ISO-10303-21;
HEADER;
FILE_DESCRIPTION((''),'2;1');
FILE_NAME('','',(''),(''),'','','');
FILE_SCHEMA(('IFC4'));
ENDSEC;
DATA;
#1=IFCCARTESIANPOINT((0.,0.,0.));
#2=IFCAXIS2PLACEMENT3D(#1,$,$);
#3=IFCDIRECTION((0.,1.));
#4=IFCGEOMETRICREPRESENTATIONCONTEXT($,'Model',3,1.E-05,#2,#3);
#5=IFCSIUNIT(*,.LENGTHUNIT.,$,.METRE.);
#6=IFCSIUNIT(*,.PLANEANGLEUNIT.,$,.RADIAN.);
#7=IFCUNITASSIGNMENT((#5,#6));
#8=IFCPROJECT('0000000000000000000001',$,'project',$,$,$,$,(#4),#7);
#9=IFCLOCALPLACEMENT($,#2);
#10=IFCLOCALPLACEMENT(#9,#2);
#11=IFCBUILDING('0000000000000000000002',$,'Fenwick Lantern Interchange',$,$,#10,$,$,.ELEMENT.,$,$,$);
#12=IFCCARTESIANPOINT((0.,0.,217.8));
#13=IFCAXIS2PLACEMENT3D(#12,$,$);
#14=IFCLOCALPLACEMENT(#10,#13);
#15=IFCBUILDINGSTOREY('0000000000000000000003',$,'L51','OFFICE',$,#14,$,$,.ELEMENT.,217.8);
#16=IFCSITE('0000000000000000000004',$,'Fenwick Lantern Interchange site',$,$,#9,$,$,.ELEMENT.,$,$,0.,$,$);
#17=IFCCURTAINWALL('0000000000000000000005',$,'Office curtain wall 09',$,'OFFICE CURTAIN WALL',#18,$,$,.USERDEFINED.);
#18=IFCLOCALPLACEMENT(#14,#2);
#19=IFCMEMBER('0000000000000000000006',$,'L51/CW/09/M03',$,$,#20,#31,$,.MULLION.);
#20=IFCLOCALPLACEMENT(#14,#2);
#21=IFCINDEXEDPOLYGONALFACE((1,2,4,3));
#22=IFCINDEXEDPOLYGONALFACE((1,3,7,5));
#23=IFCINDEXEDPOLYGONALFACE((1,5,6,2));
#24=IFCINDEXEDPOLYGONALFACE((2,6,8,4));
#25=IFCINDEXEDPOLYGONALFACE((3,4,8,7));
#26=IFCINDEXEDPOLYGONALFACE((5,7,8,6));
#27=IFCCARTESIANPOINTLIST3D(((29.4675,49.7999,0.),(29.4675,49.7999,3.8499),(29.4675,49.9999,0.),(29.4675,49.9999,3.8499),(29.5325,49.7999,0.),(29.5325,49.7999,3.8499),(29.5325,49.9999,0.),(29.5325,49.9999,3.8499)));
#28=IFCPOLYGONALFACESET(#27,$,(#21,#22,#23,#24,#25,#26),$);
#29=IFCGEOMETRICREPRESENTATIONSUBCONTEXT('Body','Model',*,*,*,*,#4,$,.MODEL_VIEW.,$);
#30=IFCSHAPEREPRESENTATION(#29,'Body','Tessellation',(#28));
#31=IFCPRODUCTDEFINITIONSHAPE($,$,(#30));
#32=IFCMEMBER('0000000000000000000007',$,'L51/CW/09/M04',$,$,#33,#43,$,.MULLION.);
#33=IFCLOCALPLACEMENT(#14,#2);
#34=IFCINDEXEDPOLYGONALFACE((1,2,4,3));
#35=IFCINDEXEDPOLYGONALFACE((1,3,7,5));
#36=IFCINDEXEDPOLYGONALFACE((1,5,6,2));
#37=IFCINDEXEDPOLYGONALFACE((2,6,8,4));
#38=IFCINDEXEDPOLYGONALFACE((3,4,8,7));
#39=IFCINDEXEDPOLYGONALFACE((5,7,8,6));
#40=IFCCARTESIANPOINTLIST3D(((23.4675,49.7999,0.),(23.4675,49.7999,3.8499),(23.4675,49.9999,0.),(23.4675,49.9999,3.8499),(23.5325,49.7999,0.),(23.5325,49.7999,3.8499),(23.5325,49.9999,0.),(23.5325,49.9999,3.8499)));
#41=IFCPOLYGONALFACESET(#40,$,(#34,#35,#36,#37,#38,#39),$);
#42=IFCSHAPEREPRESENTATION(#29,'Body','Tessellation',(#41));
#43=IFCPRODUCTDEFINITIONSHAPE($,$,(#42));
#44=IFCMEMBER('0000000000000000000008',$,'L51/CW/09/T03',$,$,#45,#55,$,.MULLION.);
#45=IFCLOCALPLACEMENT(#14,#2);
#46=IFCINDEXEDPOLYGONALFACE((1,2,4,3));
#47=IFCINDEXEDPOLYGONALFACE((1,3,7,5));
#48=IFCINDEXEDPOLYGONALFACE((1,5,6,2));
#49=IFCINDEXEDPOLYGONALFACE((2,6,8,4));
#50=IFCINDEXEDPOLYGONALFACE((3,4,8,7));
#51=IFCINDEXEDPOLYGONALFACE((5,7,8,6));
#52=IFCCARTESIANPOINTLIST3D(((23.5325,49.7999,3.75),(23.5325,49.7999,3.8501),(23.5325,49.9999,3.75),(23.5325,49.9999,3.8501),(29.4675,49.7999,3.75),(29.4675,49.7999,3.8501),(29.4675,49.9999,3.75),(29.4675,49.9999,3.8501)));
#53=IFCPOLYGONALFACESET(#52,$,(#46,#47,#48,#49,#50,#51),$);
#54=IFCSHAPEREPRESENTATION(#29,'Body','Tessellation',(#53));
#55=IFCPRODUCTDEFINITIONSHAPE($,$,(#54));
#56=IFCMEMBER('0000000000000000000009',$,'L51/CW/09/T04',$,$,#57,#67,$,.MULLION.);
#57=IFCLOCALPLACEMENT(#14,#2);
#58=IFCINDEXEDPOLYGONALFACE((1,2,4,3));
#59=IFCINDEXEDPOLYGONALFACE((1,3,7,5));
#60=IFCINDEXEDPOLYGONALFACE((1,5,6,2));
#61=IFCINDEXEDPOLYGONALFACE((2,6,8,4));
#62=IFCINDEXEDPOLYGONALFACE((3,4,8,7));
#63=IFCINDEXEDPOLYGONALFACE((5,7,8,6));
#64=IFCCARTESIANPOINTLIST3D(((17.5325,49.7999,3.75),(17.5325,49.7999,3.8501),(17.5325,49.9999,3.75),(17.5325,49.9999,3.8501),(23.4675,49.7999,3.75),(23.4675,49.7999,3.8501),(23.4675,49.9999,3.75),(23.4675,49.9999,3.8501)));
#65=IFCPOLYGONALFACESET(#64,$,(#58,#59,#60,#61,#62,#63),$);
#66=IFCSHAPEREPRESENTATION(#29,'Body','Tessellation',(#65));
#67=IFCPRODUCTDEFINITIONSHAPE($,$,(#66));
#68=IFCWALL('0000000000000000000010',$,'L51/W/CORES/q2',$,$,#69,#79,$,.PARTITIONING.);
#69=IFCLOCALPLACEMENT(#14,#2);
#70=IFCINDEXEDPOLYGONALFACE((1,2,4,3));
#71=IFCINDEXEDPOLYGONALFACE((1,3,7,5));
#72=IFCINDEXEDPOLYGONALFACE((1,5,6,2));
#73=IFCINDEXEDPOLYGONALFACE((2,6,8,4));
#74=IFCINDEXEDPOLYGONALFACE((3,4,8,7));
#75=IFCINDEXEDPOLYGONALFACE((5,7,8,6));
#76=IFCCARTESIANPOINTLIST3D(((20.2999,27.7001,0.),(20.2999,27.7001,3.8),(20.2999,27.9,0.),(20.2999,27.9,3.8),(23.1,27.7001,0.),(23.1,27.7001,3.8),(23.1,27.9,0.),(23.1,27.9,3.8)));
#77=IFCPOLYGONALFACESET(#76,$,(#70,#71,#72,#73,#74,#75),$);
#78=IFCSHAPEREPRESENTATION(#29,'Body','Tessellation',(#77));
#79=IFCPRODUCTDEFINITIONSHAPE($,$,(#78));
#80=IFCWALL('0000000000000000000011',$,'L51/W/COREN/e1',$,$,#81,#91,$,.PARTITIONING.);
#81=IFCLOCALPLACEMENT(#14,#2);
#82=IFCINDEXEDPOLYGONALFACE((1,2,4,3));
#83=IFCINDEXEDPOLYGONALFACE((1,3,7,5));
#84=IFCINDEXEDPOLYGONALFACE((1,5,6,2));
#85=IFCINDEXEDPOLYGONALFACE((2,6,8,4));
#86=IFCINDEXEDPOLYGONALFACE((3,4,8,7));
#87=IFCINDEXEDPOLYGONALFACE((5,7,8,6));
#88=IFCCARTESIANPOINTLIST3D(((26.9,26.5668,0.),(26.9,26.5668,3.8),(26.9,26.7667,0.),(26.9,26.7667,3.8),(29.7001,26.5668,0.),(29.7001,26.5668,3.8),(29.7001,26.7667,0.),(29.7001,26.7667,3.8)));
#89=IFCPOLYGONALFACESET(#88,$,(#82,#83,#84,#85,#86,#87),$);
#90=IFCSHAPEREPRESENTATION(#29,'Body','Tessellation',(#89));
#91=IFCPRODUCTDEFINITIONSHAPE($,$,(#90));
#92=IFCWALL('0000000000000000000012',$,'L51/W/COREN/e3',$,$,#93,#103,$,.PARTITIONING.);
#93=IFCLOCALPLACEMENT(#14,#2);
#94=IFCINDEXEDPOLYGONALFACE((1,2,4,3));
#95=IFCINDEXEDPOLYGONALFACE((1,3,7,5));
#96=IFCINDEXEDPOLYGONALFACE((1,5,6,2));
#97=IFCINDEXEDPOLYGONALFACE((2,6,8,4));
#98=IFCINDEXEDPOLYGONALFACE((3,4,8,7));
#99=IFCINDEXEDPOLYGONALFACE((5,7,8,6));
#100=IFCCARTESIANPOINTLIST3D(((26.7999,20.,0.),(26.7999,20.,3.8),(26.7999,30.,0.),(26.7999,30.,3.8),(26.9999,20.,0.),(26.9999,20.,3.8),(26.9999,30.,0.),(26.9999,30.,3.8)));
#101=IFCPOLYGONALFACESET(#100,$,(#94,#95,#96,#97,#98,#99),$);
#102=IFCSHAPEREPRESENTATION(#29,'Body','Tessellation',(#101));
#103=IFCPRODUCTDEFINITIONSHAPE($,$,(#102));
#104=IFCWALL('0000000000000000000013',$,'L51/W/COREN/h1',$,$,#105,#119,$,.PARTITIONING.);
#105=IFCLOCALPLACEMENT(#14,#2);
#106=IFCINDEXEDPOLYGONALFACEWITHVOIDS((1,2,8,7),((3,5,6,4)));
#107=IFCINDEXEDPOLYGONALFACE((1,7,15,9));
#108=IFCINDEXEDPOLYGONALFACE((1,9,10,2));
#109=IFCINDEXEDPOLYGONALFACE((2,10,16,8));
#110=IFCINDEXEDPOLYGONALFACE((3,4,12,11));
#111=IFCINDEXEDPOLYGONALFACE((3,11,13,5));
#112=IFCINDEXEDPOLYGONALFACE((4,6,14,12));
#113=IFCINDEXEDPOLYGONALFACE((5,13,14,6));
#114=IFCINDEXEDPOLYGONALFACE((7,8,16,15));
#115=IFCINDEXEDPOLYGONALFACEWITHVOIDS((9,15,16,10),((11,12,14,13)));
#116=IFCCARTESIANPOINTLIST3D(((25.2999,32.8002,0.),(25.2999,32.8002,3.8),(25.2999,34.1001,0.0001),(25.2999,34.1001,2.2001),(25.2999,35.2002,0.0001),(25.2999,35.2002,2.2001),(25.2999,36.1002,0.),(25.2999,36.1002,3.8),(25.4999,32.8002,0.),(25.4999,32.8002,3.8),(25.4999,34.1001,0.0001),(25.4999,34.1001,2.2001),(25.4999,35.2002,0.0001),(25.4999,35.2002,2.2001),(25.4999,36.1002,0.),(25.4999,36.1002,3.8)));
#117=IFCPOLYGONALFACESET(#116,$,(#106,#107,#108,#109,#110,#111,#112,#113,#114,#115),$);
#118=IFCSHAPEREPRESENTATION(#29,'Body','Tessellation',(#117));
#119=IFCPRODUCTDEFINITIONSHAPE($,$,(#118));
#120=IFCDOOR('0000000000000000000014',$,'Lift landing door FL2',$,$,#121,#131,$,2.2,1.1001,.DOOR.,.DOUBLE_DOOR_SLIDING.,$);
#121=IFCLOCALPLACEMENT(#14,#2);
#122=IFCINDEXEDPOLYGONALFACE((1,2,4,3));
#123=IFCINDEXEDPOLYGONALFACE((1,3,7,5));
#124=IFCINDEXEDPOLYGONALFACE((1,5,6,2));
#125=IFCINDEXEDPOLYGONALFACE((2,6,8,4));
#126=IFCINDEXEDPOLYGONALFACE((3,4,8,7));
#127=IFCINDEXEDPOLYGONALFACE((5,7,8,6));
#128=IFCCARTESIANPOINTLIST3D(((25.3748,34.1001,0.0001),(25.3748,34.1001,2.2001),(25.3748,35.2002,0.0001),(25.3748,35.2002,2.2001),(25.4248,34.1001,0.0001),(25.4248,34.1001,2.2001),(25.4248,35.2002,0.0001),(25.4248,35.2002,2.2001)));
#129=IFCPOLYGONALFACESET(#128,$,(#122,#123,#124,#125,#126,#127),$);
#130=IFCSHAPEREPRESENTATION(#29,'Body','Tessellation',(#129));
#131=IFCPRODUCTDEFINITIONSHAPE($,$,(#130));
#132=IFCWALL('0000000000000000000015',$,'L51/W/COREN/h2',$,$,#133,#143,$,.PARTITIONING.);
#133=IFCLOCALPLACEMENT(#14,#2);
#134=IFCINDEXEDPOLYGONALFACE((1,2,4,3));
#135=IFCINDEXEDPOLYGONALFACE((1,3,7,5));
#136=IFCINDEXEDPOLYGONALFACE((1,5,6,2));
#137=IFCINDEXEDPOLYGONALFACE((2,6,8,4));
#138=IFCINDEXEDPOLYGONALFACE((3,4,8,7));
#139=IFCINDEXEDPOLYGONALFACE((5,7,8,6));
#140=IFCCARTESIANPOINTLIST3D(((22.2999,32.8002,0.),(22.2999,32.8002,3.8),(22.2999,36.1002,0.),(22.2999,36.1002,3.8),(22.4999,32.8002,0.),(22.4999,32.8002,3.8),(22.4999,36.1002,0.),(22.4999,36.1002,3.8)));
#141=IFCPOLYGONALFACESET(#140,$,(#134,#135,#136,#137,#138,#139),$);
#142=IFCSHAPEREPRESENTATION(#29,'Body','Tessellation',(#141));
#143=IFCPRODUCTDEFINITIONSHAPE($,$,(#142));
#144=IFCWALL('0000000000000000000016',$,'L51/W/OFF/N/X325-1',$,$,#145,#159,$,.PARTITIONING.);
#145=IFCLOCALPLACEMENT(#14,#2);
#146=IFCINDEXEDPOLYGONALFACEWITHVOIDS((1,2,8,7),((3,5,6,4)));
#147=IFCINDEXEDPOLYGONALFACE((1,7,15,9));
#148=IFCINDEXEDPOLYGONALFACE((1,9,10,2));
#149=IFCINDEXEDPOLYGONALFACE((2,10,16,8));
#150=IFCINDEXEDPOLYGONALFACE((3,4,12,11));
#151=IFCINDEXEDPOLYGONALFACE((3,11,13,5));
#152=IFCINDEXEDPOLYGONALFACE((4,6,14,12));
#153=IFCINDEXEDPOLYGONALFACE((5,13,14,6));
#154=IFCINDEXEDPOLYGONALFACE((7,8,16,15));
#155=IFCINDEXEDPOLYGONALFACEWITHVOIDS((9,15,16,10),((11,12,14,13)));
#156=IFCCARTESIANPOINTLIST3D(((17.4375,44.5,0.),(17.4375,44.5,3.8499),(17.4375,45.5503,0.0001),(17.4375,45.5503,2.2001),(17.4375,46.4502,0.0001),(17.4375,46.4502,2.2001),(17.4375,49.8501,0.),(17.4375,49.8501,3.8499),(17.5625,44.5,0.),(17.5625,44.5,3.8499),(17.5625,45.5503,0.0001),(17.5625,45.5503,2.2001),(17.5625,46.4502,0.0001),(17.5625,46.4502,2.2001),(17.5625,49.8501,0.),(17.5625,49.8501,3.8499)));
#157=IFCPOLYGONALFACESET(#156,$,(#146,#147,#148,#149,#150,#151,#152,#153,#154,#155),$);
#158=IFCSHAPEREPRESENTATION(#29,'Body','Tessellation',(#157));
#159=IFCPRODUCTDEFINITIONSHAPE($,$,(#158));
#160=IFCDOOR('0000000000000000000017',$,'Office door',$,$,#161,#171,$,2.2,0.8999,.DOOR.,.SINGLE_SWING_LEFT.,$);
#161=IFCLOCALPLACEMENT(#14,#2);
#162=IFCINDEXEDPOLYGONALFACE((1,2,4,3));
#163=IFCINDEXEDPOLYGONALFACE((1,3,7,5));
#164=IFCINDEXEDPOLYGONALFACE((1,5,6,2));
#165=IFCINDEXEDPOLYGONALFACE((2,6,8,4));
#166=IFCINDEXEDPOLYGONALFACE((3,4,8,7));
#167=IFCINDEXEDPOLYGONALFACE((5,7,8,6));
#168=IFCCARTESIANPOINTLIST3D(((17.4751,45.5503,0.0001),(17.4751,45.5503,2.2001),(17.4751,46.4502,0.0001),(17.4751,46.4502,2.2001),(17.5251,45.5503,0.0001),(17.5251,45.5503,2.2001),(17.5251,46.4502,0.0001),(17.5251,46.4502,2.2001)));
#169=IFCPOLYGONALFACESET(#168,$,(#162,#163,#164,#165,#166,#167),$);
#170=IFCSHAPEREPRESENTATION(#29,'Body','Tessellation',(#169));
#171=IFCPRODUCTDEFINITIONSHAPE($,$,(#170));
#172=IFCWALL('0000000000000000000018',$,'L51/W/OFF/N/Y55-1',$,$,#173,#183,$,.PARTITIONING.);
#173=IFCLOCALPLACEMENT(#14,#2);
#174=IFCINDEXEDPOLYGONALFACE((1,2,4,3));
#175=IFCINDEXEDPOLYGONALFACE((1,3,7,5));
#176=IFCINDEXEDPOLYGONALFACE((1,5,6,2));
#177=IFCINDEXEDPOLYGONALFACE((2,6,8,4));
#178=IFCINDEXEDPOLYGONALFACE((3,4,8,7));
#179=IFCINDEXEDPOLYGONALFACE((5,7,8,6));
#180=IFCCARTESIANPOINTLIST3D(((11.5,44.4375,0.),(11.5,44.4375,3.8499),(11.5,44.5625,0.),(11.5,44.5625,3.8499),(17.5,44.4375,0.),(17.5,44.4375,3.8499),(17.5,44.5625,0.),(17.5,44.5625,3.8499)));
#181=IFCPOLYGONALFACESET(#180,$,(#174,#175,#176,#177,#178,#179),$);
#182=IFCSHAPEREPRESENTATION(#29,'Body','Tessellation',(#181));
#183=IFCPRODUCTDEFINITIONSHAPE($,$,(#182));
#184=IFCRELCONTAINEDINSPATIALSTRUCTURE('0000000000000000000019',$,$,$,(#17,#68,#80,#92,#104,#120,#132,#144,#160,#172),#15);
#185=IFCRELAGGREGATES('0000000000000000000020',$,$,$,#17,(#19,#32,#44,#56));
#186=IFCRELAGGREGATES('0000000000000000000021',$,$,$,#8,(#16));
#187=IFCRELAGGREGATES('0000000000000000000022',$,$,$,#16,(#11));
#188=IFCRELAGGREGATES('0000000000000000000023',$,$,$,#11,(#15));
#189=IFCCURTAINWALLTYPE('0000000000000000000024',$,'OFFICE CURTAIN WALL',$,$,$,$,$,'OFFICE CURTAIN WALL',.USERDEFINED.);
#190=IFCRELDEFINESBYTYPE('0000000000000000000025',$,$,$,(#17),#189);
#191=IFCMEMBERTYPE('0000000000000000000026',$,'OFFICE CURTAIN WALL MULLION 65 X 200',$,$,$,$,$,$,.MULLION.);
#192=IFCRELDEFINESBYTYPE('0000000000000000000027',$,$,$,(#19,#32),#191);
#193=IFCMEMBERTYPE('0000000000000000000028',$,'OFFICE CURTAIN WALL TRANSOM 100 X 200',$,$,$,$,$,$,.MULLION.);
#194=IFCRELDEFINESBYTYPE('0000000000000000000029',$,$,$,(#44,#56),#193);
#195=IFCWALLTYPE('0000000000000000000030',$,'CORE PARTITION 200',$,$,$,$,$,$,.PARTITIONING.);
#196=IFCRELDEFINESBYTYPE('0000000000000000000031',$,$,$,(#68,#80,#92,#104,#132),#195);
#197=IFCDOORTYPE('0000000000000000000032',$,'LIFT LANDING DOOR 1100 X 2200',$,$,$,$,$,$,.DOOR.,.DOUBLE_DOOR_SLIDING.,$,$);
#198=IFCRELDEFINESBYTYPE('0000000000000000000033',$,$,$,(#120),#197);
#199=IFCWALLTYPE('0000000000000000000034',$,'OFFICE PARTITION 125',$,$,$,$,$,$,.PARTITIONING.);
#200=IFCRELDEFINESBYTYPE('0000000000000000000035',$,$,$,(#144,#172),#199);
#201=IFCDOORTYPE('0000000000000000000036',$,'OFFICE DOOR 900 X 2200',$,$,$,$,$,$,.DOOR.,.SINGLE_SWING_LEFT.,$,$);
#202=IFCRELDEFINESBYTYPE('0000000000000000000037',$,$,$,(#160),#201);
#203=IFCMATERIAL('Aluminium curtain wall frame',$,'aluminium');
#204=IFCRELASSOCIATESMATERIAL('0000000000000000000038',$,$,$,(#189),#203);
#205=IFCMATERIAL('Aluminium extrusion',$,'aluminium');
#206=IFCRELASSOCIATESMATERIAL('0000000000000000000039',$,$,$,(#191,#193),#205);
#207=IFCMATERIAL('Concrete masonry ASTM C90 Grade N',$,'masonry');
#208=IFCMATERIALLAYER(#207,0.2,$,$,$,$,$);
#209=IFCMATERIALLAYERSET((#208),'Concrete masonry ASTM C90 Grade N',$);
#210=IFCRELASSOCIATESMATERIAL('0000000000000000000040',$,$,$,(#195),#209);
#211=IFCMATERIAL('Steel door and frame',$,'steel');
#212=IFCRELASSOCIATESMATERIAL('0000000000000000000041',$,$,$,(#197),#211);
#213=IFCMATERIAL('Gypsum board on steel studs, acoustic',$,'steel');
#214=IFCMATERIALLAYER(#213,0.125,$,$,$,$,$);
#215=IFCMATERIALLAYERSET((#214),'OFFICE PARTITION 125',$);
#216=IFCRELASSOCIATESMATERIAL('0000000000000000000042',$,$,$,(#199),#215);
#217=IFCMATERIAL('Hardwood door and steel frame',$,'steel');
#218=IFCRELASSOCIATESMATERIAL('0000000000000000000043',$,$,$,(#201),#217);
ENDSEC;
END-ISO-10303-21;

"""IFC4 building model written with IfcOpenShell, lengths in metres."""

from ifc_helpers import new_model, si_unit, direction, frame, frame_2d, origin, origin_2d, place, context, subcontext, project, spatial, rectangle, extrude, material, layer, layer_set, material_profile, profile_set, type_object, element, fill, aggregate, save


model = new_model("IFC4")

# Units and contexts
model_context = context("Model", 3, precision=1e-05, world=origin(), true_north=direction((0.0, 1.0)))
body_context = subcontext(model_context, "Body", "Model", "MODEL_VIEW")
ifc_project = project(units=[si_unit("LENGTHUNIT", "METRE"), si_unit("PLANEANGLEUNIT", "RADIAN")], contexts=[model_context])

# Site, building, storey
site_placement = place(None, origin())
site = spatial("IfcSite", under=ifc_project, at=site_placement, Name="Fenwick Lantern Interchange site", CompositionType="ELEMENT", RefElevation=0.0)
building_placement = place(site_placement, origin())
building = spatial("IfcBuilding", under=site, at=building_placement, Name="Fenwick Lantern Interchange", CompositionType="ELEMENT")
storey_placement = place(building_placement, frame((0.0, 0.0, 217.8)))
storey = spatial("IfcBuildingStorey", under=building, at=storey_placement, Name="L51", Description="OFFICE", CompositionType="ELEMENT", Elevation=217.8)

# Curtain wall, members
ifc_material_1 = material(Name="Aluminium curtain wall frame", Category="aluminium")
curtain_wall_type = type_object("IfcCurtainWallType", Name="OFFICE CURTAIN WALL", ElementType="OFFICE CURTAIN WALL", PredefinedType="USERDEFINED", material=ifc_material_1)
curtain_wall_placement = place(storey_placement, origin())
curtain_wall = element("IfcCurtainWall", 1, at=curtain_wall_placement, inside=storey, type_object=curtain_wall_type, Name="Office curtain wall 09", ObjectType="OFFICE CURTAIN WALL", PredefinedType="USERDEFINED")
ifc_material_2 = material(Name="Aluminium extrusion", Category="aluminium")
ifc_material_profile_1 = material_profile(ifc_material_2, rectangle(XDim=0.2, YDim=0.0649, at=origin_2d()), Name="OFFICE CURTAIN WALL MULLION 65 X 200")
ifc_profile_set_1 = profile_set([ifc_material_profile_1], Name="Aluminium extrusion")
member_type_1 = type_object("IfcMemberType", Name="OFFICE CURTAIN WALL MULLION 65 X 200", PredefinedType="MULLION", material=ifc_profile_set_1)
member_1_placement = place(storey_placement, frame((29.5, 49.8999, 0.0), z_axis=(0.0, 0.0, 1.0), x_axis=(0.0, -1.0, 0.0)))
member_1 = element("IfcMember", 2, at=member_1_placement, type_object=member_type_1, Name="L51/CW/09/M03", PredefinedType="MULLION", context=body_context, shape_type="SweptSolid", body=[
    extrude(rectangle(XDim=0.2, YDim=0.0649, at=origin_2d()), origin(), (0.0, 0.0, 1.0), 3.8499),
])
member_2_placement = place(storey_placement, frame((23.5, 49.8999, 0.0), z_axis=(0.0, 0.0, 1.0), x_axis=(0.0, -1.0, 0.0)))
member_2 = element("IfcMember", 3, at=member_2_placement, type_object=member_type_1, Name="L51/CW/09/M04", PredefinedType="MULLION", context=body_context, shape_type="SweptSolid", body=[
    extrude(rectangle(XDim=0.2, YDim=0.0649, at=origin_2d()), origin(), (0.0, 0.0, 1.0), 3.8499),
])
ifc_material_profile_2 = material_profile(ifc_material_2, rectangle(XDim=0.2, YDim=0.1001, at=origin_2d()), Name="OFFICE CURTAIN WALL TRANSOM 100 X 200")
ifc_profile_set_2 = profile_set([ifc_material_profile_2], Name="Aluminium extrusion")
member_type_2 = type_object("IfcMemberType", Name="OFFICE CURTAIN WALL TRANSOM 100 X 200", PredefinedType="MULLION", material=ifc_profile_set_2)
member_3_placement = place(storey_placement, frame((29.4675, 49.8999, 3.8), z_axis=(-1.0, 0.0, 0.0), x_axis=(0.0, -1.0, 0.0)))
member_3 = element("IfcMember", 4, at=member_3_placement, type_object=member_type_2, Name="L51/CW/09/T03", PredefinedType="MULLION", context=body_context, shape_type="SweptSolid", body=[
    extrude(rectangle(XDim=0.2, YDim=0.1001, at=origin_2d()), origin(), (0.0, 0.0, 1.0), 5.9351),
])
member_4_placement = place(storey_placement, frame((23.4675, 49.8999, 3.8), z_axis=(-1.0, 0.0, 0.0), x_axis=(0.0, -1.0, 0.0)))
member_4 = element("IfcMember", 5, at=member_4_placement, type_object=member_type_2, Name="L51/CW/09/T04", PredefinedType="MULLION", context=body_context, shape_type="SweptSolid", body=[
    extrude(rectangle(XDim=0.2, YDim=0.1001, at=origin_2d()), origin(), (0.0, 0.0, 1.0), 5.9351),
])
aggregate(curtain_wall, [member_1, member_2, member_3, member_4])

# Walls
ifc_material_3 = material(Name="Concrete masonry ASTM C90 Grade N", Category="masonry")
ifc_layer_1 = layer(ifc_material_3, 0.2)
ifc_layer_set_1 = layer_set([ifc_layer_1], Name="Concrete masonry ASTM C90 Grade N")
wall_type_1 = type_object("IfcWallType", Name="CORE PARTITION 200", PredefinedType="PARTITIONING", material=ifc_layer_set_1)
for number, where, z_axis, x_axis, name in (
    (6, (20.3, 27.8, 0.0), (0.0, 0.0, 1.0), (1.0, 0.0, 0.0), "L51/W/CORES/q2"),
    (7, (29.7, 26.6667, 0.0), (0.0, 0.0, 1.0), (-1.0, 0.0, 0.0), "L51/W/COREN/e1"),
):
    element("IfcWall", number, at=place(storey_placement, frame(where, z_axis=z_axis, x_axis=x_axis)), inside=storey, type_object=wall_type_1, Name=name, PredefinedType="PARTITIONING", context=body_context, shape_type="SweptSolid", body=[
        extrude(rectangle(XDim=2.8, YDim=0.2, at=frame_2d((1.3999, 0.0))), origin(), (0.0, 0.0, 1.0), 3.8),
    ])
wall_1_placement = place(storey_placement, frame((26.8999, 30.0, 0.0), z_axis=(0.0, 0.0, 1.0), x_axis=(0.0, -1.0, 0.0)))
element("IfcWall", 8, at=wall_1_placement, inside=storey, type_object=wall_type_1, Name="L51/W/COREN/e3", PredefinedType="PARTITIONING", context=body_context, shape_type="SweptSolid", body=[
    extrude(rectangle(XDim=10.0, YDim=0.2, at=frame_2d((5.0, 0.0))), origin(), (0.0, 0.0, 1.0), 3.8),
])

# Wall, opening, door
wall_2_placement = place(storey_placement, frame((25.3999, 36.1001, 0.0), z_axis=(0.0, 0.0, 1.0), x_axis=(0.0, -1.0, 0.0)))
wall_2 = element("IfcWall", 9, at=wall_2_placement, inside=storey, type_object=wall_type_1, Name="L51/W/COREN/h1", PredefinedType="PARTITIONING", context=body_context, shape_type="SweptSolid", body=[
    extrude(rectangle(XDim=3.3, YDim=0.2, at=frame_2d((1.6499, 0.0))), origin(), (0.0, 0.0, 1.0), 3.8),
])
opening_1_placement = place(wall_2_placement, frame((0.8999, 0.0, 0.0)))
opening_1 = element("IfcOpeningElement", 10, at=opening_1_placement, cuts=wall_2, PredefinedType="OPENING", context=body_context, shape_type="SweptSolid", body=[
    extrude(rectangle(XDim=1.1001, YDim=2.2, at=frame_2d((0.55, 1.1001))), frame((0.0, 0.1099, 0.0), z_axis=(0.0, -1.0, 0.0), x_axis=(1.0, 0.0, 0.0)), (0.0, 0.0, 1.0), 0.22),
])
ifc_material_4 = material(Name="Steel door and frame", Category="steel")
door_type_1 = type_object("IfcDoorType", Name="LIFT LANDING DOOR 1100 X 2200", OperationType="DOUBLE_DOOR_SLIDING", PredefinedType="DOOR", material=ifc_material_4)
door_1_placement = place(opening_1_placement, origin())
door_1 = element("IfcDoor", 11, at=door_1_placement, inside=storey, type_object=door_type_1, Name="Lift landing door FL2", OperationType="DOUBLE_DOOR_SLIDING", OverallHeight=2.2, OverallWidth=1.1001, PredefinedType="DOOR", context=body_context, shape_type="SweptSolid", body=[
    extrude(rectangle(XDim=1.1001, YDim=2.2, at=frame_2d((0.55, 1.1001))), frame((0.0, 0.0249, 0.0), z_axis=(0.0, -1.0, 0.0), x_axis=(1.0, 0.0, 0.0)), (0.0, 0.0, 1.0), 0.05),
])
fill(opening_1, door_1)

# Wall
wall_3_placement = place(storey_placement, frame((22.3999, 36.1001, 0.0), z_axis=(0.0, 0.0, 1.0), x_axis=(0.0, -1.0, 0.0)))
element("IfcWall", 12, at=wall_3_placement, inside=storey, type_object=wall_type_1, Name="L51/W/COREN/h2", PredefinedType="PARTITIONING", context=body_context, shape_type="SweptSolid", body=[
    extrude(rectangle(XDim=3.3, YDim=0.2, at=frame_2d((1.6499, 0.0))), origin(), (0.0, 0.0, 1.0), 3.8),
])

# Wall, opening, door
ifc_material_5 = material(Name="Gypsum board on steel studs, acoustic", Category="steel")
ifc_layer_2 = layer(ifc_material_5, 0.125)
ifc_layer_set_2 = layer_set([ifc_layer_2], Name="OFFICE PARTITION 125")
wall_type_2 = type_object("IfcWallType", Name="OFFICE PARTITION 125", PredefinedType="PARTITIONING", material=ifc_layer_set_2)
wall_4_placement = place(storey_placement, frame((17.5, 49.8501, 0.0), z_axis=(0.0, 0.0, 1.0), x_axis=(0.0, -1.0, 0.0)))
wall_4 = element("IfcWall", 13, at=wall_4_placement, inside=storey, type_object=wall_type_2, Name="L51/W/OFF/N/X325-1", PredefinedType="PARTITIONING", context=body_context, shape_type="SweptSolid", body=[
    extrude(rectangle(XDim=5.3501, YDim=0.125, at=frame_2d((2.675, 0.0))), origin(), (0.0, 0.0, 1.0), 3.8499),
])
opening_2_placement = place(wall_4_placement, frame((3.3999, 0.0, 0.0)))
opening_2 = element("IfcOpeningElement", 14, at=opening_2_placement, cuts=wall_4, PredefinedType="OPENING", context=body_context, shape_type="SweptSolid", body=[
    extrude(rectangle(XDim=0.8999, YDim=2.2, at=frame_2d((0.45, 1.1001))), frame((0.0, 0.0725, 0.0), z_axis=(0.0, -1.0, 0.0), x_axis=(1.0, 0.0, 0.0)), (0.0, 0.0, 1.0), 0.145),
])
ifc_material_6 = material(Name="Hardwood door and steel frame", Category="steel")
door_type_2 = type_object("IfcDoorType", Name="OFFICE DOOR 900 X 2200", OperationType="SINGLE_SWING_LEFT", PredefinedType="DOOR", material=ifc_material_6)
door_2_placement = place(opening_2_placement, frame((0.8999, 0.0, 0.0), z_axis=(0.0, 0.0, 1.0), x_axis=(-1.0, 0.0, 0.0)))
door_2 = element("IfcDoor", 15, at=door_2_placement, inside=storey, type_object=door_type_2, Name="Office door", OperationType="SINGLE_SWING_LEFT", OverallHeight=2.2, OverallWidth=0.8999, PredefinedType="DOOR", context=body_context, shape_type="SweptSolid", body=[
    extrude(rectangle(XDim=0.8999, YDim=2.2, at=frame_2d((0.45, 1.1001))), frame((0.0, 0.0249, 0.0), z_axis=(0.0, -1.0, 0.0), x_axis=(1.0, 0.0, 0.0)), (0.0, 0.0, 1.0), 0.05),
])
fill(opening_2, door_2)

# Wall
wall_5_placement = place(storey_placement, frame((17.5, 44.5, 0.0), z_axis=(0.0, 0.0, 1.0), x_axis=(-1.0, 0.0, 0.0)))
element("IfcWall", 16, at=wall_5_placement, inside=storey, type_object=wall_type_2, Name="L51/W/OFF/N/Y55-1", PredefinedType="PARTITIONING", context=body_context, shape_type="SweptSolid", body=[
    extrude(rectangle(XDim=6.0, YDim=0.125, at=frame_2d((3.0, 0.0))), origin(), (0.0, 0.0, 1.0), 3.8499),
])

save(model, "model.ifc")
